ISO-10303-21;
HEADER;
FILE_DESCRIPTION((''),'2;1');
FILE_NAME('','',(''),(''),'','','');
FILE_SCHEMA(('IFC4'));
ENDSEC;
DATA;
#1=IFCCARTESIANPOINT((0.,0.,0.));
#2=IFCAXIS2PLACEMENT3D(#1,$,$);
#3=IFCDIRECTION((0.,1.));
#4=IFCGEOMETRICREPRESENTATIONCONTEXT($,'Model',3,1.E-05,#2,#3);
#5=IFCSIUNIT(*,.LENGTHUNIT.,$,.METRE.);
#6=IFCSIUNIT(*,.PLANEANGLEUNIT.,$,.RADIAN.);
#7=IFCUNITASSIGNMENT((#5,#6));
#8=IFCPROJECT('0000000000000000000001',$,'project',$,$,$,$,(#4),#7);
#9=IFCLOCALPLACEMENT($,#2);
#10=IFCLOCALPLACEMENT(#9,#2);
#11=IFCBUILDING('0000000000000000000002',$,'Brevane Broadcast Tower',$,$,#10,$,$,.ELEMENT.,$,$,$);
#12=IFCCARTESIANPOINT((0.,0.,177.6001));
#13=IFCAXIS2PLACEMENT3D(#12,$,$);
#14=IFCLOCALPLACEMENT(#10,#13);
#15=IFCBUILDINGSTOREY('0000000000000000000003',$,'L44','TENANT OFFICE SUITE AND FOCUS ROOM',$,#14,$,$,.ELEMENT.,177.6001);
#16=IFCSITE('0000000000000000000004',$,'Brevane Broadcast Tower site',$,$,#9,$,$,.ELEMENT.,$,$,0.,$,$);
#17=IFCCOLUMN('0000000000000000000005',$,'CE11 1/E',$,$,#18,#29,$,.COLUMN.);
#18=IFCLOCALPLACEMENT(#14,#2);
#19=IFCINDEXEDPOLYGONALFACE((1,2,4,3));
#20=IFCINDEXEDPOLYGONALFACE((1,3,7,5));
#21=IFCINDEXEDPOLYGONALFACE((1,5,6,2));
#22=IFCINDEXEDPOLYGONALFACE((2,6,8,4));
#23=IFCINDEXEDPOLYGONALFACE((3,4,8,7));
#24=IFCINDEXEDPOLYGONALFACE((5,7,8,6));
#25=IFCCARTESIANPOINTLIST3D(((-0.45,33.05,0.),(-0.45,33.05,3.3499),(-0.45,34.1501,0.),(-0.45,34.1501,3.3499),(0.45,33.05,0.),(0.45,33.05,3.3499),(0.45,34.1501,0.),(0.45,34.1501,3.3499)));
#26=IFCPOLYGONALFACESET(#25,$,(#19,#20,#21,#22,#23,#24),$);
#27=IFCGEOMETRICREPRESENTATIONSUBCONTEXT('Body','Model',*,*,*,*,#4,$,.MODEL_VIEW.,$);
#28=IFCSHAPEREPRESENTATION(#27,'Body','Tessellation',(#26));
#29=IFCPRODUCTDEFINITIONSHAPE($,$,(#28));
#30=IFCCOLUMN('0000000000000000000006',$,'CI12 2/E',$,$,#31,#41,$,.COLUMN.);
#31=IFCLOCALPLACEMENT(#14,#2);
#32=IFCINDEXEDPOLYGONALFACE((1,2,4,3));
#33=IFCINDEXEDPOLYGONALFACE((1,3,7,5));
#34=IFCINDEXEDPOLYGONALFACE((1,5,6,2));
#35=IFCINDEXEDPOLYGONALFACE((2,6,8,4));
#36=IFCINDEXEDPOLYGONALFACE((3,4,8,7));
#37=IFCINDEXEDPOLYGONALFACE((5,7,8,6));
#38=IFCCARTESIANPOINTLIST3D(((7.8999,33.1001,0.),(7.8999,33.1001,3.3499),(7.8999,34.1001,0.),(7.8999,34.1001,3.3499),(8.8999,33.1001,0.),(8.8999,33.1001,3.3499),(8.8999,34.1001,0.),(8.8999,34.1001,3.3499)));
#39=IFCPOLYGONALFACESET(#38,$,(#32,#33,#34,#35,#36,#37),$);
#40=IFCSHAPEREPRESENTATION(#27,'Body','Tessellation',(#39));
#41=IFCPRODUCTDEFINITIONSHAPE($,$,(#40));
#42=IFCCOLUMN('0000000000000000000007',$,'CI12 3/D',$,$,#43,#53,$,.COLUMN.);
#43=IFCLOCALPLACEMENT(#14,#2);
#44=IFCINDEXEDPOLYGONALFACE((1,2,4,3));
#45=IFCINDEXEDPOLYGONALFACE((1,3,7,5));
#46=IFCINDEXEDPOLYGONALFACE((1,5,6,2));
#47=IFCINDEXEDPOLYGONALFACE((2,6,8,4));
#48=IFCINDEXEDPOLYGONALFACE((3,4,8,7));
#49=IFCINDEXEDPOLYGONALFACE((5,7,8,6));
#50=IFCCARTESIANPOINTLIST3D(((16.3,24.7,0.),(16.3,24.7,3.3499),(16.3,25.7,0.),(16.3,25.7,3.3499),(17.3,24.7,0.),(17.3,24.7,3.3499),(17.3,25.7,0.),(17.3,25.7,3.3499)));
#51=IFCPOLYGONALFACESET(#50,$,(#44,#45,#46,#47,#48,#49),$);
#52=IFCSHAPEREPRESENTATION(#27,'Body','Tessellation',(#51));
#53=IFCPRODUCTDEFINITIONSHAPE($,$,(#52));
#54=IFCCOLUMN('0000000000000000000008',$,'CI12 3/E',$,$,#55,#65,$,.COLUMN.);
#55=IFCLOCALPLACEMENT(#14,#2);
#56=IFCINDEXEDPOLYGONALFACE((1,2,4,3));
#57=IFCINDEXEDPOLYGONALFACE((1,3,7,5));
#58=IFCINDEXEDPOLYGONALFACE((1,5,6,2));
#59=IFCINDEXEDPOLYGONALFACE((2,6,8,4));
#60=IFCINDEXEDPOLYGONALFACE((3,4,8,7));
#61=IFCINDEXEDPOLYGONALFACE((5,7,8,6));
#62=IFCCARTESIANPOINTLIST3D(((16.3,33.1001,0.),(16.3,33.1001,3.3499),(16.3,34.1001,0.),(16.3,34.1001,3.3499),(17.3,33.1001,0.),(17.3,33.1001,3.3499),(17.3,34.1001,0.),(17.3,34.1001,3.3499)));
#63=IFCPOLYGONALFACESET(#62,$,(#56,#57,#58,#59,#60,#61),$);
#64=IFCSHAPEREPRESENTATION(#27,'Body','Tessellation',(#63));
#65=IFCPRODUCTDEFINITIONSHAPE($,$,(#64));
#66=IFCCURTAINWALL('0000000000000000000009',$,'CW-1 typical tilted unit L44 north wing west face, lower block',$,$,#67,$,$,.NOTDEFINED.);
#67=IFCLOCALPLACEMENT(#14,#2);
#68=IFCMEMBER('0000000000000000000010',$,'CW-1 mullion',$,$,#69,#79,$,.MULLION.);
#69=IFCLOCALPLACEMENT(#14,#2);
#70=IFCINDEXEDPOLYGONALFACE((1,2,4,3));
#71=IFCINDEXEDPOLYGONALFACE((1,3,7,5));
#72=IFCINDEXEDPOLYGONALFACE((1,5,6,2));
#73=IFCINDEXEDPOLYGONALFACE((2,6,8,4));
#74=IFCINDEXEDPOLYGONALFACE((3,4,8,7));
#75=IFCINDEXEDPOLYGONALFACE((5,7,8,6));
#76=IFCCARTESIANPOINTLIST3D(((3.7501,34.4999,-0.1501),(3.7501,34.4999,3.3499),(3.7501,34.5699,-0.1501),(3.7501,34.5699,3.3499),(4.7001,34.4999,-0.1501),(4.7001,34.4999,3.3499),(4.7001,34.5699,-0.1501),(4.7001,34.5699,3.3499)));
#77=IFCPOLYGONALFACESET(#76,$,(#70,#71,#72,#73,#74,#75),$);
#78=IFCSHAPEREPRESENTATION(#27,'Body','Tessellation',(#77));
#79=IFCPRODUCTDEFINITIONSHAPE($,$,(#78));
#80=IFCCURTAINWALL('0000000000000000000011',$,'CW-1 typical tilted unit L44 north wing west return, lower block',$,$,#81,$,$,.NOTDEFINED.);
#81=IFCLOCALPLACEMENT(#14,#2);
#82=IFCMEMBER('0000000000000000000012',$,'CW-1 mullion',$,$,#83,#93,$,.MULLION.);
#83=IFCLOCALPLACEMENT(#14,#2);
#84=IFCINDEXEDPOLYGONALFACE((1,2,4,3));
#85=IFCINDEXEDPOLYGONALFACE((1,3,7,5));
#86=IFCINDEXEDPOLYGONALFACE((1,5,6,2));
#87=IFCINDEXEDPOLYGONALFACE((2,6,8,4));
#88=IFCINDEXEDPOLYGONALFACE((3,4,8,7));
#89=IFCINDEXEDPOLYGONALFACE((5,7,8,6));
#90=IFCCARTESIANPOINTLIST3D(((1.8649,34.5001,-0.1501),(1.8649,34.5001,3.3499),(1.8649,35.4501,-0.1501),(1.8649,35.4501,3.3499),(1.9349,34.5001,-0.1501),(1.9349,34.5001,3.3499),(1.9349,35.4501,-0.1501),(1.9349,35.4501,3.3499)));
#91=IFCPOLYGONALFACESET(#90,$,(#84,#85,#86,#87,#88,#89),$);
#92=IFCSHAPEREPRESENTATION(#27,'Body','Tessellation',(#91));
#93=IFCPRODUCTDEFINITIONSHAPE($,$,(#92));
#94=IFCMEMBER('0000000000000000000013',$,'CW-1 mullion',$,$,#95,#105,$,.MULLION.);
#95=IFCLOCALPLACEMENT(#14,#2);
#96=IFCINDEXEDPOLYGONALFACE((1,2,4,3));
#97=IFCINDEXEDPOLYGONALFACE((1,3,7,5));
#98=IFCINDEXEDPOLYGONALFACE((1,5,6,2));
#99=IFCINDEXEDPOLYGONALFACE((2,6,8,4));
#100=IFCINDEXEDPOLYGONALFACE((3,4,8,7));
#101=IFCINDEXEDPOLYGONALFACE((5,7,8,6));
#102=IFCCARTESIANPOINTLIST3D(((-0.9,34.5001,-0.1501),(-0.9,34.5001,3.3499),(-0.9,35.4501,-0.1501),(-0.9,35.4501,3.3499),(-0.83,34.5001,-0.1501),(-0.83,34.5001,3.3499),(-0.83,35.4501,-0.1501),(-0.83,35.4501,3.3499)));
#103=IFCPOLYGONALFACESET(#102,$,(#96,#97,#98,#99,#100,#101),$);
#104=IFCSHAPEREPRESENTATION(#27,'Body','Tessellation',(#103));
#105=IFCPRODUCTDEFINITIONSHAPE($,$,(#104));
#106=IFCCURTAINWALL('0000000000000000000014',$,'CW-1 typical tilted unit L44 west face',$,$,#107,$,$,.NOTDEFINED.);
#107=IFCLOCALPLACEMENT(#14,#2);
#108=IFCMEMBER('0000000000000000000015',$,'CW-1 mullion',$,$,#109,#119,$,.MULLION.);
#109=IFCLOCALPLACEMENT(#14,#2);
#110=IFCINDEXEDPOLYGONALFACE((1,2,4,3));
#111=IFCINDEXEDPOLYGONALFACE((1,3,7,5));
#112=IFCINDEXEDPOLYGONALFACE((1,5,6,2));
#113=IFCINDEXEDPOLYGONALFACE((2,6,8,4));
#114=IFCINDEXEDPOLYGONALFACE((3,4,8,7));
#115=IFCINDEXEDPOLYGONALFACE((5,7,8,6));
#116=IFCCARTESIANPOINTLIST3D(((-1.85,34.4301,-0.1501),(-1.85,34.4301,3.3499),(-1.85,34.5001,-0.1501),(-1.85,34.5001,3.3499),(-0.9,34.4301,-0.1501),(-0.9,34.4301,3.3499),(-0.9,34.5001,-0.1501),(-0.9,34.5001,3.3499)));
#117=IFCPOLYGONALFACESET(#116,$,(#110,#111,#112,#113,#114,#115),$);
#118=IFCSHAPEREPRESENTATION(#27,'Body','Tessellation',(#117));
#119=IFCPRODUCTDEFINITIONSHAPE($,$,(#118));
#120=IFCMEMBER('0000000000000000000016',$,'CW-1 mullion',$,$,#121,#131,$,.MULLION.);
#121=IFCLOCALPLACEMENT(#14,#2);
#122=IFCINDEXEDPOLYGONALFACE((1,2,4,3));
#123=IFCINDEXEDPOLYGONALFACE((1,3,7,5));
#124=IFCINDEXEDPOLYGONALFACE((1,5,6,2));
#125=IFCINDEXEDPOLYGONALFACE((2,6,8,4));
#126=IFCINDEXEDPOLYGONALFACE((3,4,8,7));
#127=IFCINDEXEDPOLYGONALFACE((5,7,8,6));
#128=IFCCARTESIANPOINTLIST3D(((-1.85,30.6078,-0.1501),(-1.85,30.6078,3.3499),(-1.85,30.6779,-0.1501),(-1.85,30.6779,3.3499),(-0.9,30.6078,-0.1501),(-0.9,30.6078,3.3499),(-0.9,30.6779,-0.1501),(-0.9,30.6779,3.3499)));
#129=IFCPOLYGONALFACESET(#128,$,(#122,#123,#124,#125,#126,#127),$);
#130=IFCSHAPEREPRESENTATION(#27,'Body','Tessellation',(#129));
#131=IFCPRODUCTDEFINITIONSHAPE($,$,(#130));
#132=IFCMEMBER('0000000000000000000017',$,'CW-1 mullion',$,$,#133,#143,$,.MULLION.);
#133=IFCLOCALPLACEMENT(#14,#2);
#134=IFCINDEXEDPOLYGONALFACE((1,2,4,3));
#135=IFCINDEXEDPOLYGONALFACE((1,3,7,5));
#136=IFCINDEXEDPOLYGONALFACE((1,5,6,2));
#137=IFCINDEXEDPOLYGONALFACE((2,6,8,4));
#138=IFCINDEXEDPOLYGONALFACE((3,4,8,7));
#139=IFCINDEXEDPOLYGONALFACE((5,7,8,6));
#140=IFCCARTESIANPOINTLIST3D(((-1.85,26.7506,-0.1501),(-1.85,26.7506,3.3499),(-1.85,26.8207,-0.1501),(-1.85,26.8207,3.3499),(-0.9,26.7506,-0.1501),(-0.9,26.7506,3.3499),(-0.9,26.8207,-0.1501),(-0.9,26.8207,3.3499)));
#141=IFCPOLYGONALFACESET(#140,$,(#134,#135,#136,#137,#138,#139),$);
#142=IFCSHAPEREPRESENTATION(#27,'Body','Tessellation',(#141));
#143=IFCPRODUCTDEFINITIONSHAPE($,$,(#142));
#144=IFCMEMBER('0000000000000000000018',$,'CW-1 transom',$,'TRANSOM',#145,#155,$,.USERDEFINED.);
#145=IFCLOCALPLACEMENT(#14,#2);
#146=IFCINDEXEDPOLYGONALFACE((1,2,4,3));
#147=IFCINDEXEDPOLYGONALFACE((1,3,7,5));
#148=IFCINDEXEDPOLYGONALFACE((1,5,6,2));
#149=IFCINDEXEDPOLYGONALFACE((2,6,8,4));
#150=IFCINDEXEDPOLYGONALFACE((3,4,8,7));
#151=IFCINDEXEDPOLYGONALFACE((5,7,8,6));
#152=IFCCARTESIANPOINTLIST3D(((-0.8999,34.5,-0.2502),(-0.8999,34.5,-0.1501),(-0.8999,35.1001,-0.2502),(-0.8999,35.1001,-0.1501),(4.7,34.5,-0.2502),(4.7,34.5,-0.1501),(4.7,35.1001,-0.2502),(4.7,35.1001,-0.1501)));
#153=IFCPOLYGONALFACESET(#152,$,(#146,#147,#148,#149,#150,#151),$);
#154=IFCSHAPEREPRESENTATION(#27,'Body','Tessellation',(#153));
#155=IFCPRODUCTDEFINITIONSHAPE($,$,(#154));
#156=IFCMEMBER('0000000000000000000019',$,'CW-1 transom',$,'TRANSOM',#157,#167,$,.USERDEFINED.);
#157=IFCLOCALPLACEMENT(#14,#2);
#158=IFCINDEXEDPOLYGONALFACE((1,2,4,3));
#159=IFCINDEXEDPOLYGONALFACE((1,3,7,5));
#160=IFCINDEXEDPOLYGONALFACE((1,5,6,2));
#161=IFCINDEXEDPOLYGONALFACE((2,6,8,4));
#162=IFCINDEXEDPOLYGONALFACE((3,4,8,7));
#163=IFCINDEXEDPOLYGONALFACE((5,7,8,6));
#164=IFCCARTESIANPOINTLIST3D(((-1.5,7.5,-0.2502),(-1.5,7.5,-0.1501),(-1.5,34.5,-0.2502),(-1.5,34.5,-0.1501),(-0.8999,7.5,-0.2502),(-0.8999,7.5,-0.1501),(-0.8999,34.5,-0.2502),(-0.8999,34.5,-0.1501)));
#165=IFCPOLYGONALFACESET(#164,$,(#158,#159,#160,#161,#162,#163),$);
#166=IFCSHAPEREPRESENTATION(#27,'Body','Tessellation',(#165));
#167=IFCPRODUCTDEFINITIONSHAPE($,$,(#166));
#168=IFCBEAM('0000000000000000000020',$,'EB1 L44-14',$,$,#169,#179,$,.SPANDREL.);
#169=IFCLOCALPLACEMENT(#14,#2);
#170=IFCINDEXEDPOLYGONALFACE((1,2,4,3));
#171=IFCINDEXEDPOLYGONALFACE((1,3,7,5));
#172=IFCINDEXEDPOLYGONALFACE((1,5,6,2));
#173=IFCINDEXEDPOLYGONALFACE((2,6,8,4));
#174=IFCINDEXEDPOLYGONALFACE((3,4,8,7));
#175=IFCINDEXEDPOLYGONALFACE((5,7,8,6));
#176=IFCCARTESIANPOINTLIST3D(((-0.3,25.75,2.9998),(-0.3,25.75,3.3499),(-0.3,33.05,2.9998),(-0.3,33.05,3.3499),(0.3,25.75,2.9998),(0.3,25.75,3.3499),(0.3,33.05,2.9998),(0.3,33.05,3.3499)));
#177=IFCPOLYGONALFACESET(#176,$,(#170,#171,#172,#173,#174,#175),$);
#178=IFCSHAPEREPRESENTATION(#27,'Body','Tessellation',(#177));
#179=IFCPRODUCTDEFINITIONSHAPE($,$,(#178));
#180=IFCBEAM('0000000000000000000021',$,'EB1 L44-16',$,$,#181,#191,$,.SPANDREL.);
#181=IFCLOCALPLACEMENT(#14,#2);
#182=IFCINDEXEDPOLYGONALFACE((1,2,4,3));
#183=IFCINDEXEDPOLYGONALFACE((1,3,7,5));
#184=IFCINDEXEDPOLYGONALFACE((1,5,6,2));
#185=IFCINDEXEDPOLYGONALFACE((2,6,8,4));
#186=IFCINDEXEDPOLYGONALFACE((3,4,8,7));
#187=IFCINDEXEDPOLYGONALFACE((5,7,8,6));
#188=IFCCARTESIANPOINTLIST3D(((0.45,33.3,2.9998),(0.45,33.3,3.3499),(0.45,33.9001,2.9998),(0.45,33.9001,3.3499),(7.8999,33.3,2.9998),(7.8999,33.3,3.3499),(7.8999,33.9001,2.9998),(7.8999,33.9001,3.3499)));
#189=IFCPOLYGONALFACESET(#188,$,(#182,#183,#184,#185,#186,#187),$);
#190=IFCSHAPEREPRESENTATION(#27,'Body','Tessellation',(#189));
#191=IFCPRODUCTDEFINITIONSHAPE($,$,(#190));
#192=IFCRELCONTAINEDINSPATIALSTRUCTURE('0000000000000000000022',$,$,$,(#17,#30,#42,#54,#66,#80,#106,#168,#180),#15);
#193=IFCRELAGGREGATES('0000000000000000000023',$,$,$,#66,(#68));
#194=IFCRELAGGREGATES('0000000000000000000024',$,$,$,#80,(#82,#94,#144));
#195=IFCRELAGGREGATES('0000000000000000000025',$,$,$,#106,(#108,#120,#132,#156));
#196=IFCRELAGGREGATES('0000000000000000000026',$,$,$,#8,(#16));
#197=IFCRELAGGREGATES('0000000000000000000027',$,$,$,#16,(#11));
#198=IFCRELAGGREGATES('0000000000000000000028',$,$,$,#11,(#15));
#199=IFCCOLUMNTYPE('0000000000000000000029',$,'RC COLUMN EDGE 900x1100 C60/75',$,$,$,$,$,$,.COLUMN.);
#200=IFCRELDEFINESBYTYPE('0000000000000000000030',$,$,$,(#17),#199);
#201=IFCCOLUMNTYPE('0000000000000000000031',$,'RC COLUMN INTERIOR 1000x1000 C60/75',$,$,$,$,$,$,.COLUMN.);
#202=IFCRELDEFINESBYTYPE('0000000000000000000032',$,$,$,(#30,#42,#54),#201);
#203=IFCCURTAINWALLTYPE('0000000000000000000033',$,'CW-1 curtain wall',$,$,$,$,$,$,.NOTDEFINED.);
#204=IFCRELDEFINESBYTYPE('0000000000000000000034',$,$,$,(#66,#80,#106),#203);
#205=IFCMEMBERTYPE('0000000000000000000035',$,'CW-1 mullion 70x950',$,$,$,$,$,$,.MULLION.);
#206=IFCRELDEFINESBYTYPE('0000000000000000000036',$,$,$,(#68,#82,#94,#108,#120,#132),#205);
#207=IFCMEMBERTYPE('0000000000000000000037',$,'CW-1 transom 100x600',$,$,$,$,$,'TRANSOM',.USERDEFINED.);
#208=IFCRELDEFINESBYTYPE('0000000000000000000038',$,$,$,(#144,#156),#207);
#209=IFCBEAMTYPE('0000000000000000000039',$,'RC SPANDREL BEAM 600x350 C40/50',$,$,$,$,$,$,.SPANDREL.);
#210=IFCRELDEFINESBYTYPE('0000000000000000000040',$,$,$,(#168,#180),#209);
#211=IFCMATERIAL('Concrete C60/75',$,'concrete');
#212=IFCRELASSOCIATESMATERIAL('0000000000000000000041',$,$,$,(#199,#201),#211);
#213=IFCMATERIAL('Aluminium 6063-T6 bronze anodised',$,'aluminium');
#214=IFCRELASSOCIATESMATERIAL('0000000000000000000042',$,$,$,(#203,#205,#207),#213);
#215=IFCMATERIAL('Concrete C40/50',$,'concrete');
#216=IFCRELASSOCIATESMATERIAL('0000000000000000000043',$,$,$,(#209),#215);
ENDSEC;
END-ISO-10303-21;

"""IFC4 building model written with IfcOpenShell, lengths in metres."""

from ifc_helpers import new_model, si_unit, direction, frame, origin, origin_2d, place, context, subcontext, project, spatial, rectangle, extrude, material, material_profile, profile_set, type_object, element, aggregate, save


model = new_model("IFC4")

# Units and contexts
model_context = context("Model", 3, precision=1e-05, world=origin(), true_north=direction((0.0, 1.0)))
body_context = subcontext(model_context, "Body", "Model", "MODEL_VIEW")
ifc_project = project(units=[si_unit("LENGTHUNIT", "METRE"), si_unit("PLANEANGLEUNIT", "RADIAN")], contexts=[model_context])

# Site, building, storey
site_placement = place(None, origin())
site = spatial("IfcSite", under=ifc_project, at=site_placement, Name="Brevane Broadcast Tower site", CompositionType="ELEMENT", RefElevation=0.0)
building_placement = place(site_placement, origin())
building = spatial("IfcBuilding", under=site, at=building_placement, Name="Brevane Broadcast Tower", CompositionType="ELEMENT")
storey_placement = place(building_placement, frame((0.0, 0.0, 177.6001)))
storey = spatial("IfcBuildingStorey", under=building, at=storey_placement, Name="L44", Description="TENANT OFFICE SUITE AND FOCUS ROOM", CompositionType="ELEMENT", Elevation=177.6001)

# Columns
ifc_material_1 = material(Name="Concrete C60/75", Category="concrete")
ifc_material_profile_1 = material_profile(ifc_material_1, rectangle(XDim=0.8999, YDim=1.1001, at=origin_2d()), Name="RC 900x1100")
ifc_profile_set_1 = profile_set([ifc_material_profile_1], Name="Concrete C60/75")
column_type_1 = type_object("IfcColumnType", Name="RC COLUMN EDGE 900x1100 C60/75", PredefinedType="COLUMN", material=ifc_profile_set_1)
column_placement = place(storey_placement, frame((0.0, 33.6001, 0.0), z_axis=(0.0, 0.0, 1.0), x_axis=(1.0, 0.0, 0.0)))
element("IfcColumn", 1, at=column_placement, inside=storey, type_object=column_type_1, Name="CE11 1/E", PredefinedType="COLUMN", context=body_context, shape_type="SweptSolid", body=[
    extrude(rectangle(XDim=0.8999, YDim=1.1001, at=origin_2d()), origin(), (0.0, 0.0, 1.0), 3.3499),
])
ifc_material_profile_2 = material_profile(ifc_material_1, rectangle(XDim=1.0, YDim=1.0, at=origin_2d()), Name="RC 1000x1000")
ifc_profile_set_2 = profile_set([ifc_material_profile_2], Name="Concrete C60/75")
column_type_2 = type_object("IfcColumnType", Name="RC COLUMN INTERIOR 1000x1000 C60/75", PredefinedType="COLUMN", material=ifc_profile_set_2)
for number, where, z_axis, x_axis, name in (
    (2, (8.3999, 33.6001, 0.0), (0.0, 0.0, 1.0), (1.0, 0.0, 0.0), "CI12 2/E"),
    (3, (16.8, 25.2, 0.0), (0.0, 0.0, 1.0), (1.0, 0.0, 0.0), "CI12 3/D"),
    (4, (16.8, 33.6001, 0.0), (0.0, 0.0, 1.0), (1.0, 0.0, 0.0), "CI12 3/E"),
):
    element("IfcColumn", number, at=place(storey_placement, frame(where, z_axis=z_axis, x_axis=x_axis)), inside=storey, type_object=column_type_2, Name=name, PredefinedType="COLUMN", context=body_context, shape_type="SweptSolid", body=[
        extrude(rectangle(XDim=1.0, YDim=1.0, at=origin_2d()), origin(), (0.0, 0.0, 1.0), 3.3499),
    ])

# Curtain wall, member
ifc_material_2 = material(Name="Aluminium 6063-T6 bronze anodised", Category="aluminium")
curtain_wall_type = type_object("IfcCurtainWallType", Name="CW-1 curtain wall", PredefinedType="NOTDEFINED", material=ifc_material_2)
curtain_wall_1_placement = place(storey_placement, origin())
curtain_wall_1 = element("IfcCurtainWall", 5, at=curtain_wall_1_placement, inside=storey, type_object=curtain_wall_type, Name="CW-1 typical tilted unit L44 north wing west face, lower block", PredefinedType="NOTDEFINED")
ifc_material_profile_3 = material_profile(ifc_material_2, rectangle(XDim=0.95, YDim=0.0701, at=origin_2d()), Name="RECT 70x950")
ifc_profile_set_3 = profile_set([ifc_material_profile_3], Name="Aluminium 6063-T6 bronze anodised")
member_type_1 = type_object("IfcMemberType", Name="CW-1 mullion 70x950", PredefinedType="MULLION", material=ifc_profile_set_3)
member_1_placement = place(storey_placement, frame((4.2251, 34.5349, -0.1501), z_axis=(0.0, 0.0, 1.0), x_axis=(1.0, 0.0, 0.0)))
member_1 = element("IfcMember", 6, at=member_1_placement, type_object=member_type_1, Name="CW-1 mullion", PredefinedType="MULLION", context=body_context, shape_type="SweptSolid", body=[
    extrude(rectangle(XDim=0.95, YDim=0.0701, at=origin_2d()), origin(), (0.0, 0.0, 1.0), 3.5),
])
aggregate(curtain_wall_1, [member_1])

# Curtain walls, members
curtain_wall_2_placement = place(storey_placement, origin())
curtain_wall_2 = element("IfcCurtainWall", 7, at=curtain_wall_2_placement, inside=storey, type_object=curtain_wall_type, Name="CW-1 typical tilted unit L44 north wing west return, lower block", PredefinedType="NOTDEFINED")
member_2_placement = place(storey_placement, frame((1.8999, 34.9751, -0.1501), z_axis=(0.0, 0.0, 1.0), x_axis=(0.0, -1.0, 0.0)))
member_2 = element("IfcMember", 8, at=member_2_placement, type_object=member_type_1, Name="CW-1 mullion", PredefinedType="MULLION", context=body_context, shape_type="SweptSolid", body=[
    extrude(rectangle(XDim=0.95, YDim=0.0701, at=origin_2d()), origin(), (0.0, 0.0, 1.0), 3.5),
])
member_3_placement = place(storey_placement, frame((-0.865, 34.9751, -0.1501), z_axis=(0.0, 0.0, 1.0), x_axis=(0.0, -1.0, 0.0)))
member_3 = element("IfcMember", 9, at=member_3_placement, type_object=member_type_1, Name="CW-1 mullion", PredefinedType="MULLION", context=body_context, shape_type="SweptSolid", body=[
    extrude(rectangle(XDim=0.95, YDim=0.0701, at=origin_2d()), origin(), (0.0, 0.0, 1.0), 3.5),
])
curtain_wall_3_placement = place(storey_placement, origin())
curtain_wall_3 = element("IfcCurtainWall", 10, at=curtain_wall_3_placement, inside=storey, type_object=curtain_wall_type, Name="CW-1 typical tilted unit L44 west face", PredefinedType="NOTDEFINED")
member_4_placement = place(storey_placement, frame((-1.375, 34.4651, -0.1501), z_axis=(0.0, 0.0, 1.0), x_axis=(1.0, 0.0, 0.0)))
member_4 = element("IfcMember", 11, at=member_4_placement, type_object=member_type_1, Name="CW-1 mullion", PredefinedType="MULLION", context=body_context, shape_type="SweptSolid", body=[
    extrude(rectangle(XDim=0.95, YDim=0.0701, at=origin_2d()), origin(), (0.0, 0.0, 1.0), 3.5),
])
member_5_placement = place(storey_placement, frame((-1.375, 30.6428, -0.1501), z_axis=(0.0, 0.0, 1.0), x_axis=(1.0, 0.0, 0.0)))
member_5 = element("IfcMember", 12, at=member_5_placement, type_object=member_type_1, Name="CW-1 mullion", PredefinedType="MULLION", context=body_context, shape_type="SweptSolid", body=[
    extrude(rectangle(XDim=0.95, YDim=0.0701, at=origin_2d()), origin(), (0.0, 0.0, 1.0), 3.5),
])
member_6_placement = place(storey_placement, frame((-1.375, 26.7856, -0.1501), z_axis=(0.0, 0.0, 1.0), x_axis=(1.0, 0.0, 0.0)))
member_6 = element("IfcMember", 13, at=member_6_placement, type_object=member_type_1, Name="CW-1 mullion", PredefinedType="MULLION", context=body_context, shape_type="SweptSolid", body=[
    extrude(rectangle(XDim=0.95, YDim=0.0701, at=origin_2d()), origin(), (0.0, 0.0, 1.0), 3.5),
])

# Members
ifc_material_profile_4 = material_profile(ifc_material_2, rectangle(XDim=0.6001, YDim=0.1001, at=origin_2d()), Name="RECT 100x600")
ifc_profile_set_4 = profile_set([ifc_material_profile_4], Name="Aluminium 6063-T6 bronze anodised")
member_type_2 = type_object("IfcMemberType", Name="CW-1 transom 100x600", ElementType="TRANSOM", PredefinedType="USERDEFINED", material=ifc_profile_set_4)
member_7_placement = place(storey_placement, frame((4.7, 34.8, -0.2002), z_axis=(-1.0, 0.0, 0.0), x_axis=(0.0, -1.0, 0.0)))
member_7 = element("IfcMember", 14, at=member_7_placement, type_object=member_type_2, Name="CW-1 transom", ObjectType="TRANSOM", PredefinedType="USERDEFINED", context=body_context, shape_type="SweptSolid", body=[
    extrude(rectangle(XDim=0.6001, YDim=0.1001, at=origin_2d()), origin(), (0.0, 0.0, 1.0), 5.5999),
])
aggregate(curtain_wall_2, [member_2, member_3, member_7])
member_8_placement = place(storey_placement, frame((-1.2, 34.5, -0.2002), z_axis=(0.0, -1.0, 0.0), x_axis=(1.0, 0.0, 0.0)))
member_8 = element("IfcMember", 15, at=member_8_placement, type_object=member_type_2, Name="CW-1 transom", ObjectType="TRANSOM", PredefinedType="USERDEFINED", context=body_context, shape_type="SweptSolid", body=[
    extrude(rectangle(XDim=0.6001, YDim=0.1001, at=origin_2d()), origin(), (0.0, 0.0, 1.0), 27.0),
])
aggregate(curtain_wall_3, [member_4, member_5, member_6, member_8])

# Beams
ifc_material_3 = material(Name="Concrete C40/50", Category="concrete")
ifc_material_profile_5 = material_profile(ifc_material_3, rectangle(XDim=0.6001, YDim=0.3501, at=origin_2d()), Name="RC 600x350")
ifc_profile_set_5 = profile_set([ifc_material_profile_5], Name="Concrete C40/50")
beam_type = type_object("IfcBeamType", Name="RC SPANDREL BEAM 600x350 C40/50", PredefinedType="SPANDREL", material=ifc_profile_set_5)
beam_1_placement = place(storey_placement, frame((0.0, 33.05, 3.1748), z_axis=(0.0, -1.0, 0.0), x_axis=(1.0, 0.0, 0.0)))
element("IfcBeam", 16, at=beam_1_placement, inside=storey, type_object=beam_type, Name="EB1 L44-14", PredefinedType="SPANDREL", context=body_context, shape_type="SweptSolid", body=[
    extrude(rectangle(XDim=0.6001, YDim=0.3501, at=origin_2d()), origin(), (0.0, 0.0, 1.0), 7.3),
])
beam_2_placement = place(storey_placement, frame((0.45, 33.6001, 3.1748), z_axis=(1.0, 0.0, 0.0), x_axis=(0.0, 1.0, 0.0)))
element("IfcBeam", 17, at=beam_2_placement, inside=storey, type_object=beam_type, Name="EB1 L44-16", PredefinedType="SPANDREL", context=body_context, shape_type="SweptSolid", body=[
    extrude(rectangle(XDim=0.6001, YDim=0.3501, at=origin_2d()), origin(), (0.0, 0.0, 1.0), 7.45),
])

save(model, "model.ifc")
